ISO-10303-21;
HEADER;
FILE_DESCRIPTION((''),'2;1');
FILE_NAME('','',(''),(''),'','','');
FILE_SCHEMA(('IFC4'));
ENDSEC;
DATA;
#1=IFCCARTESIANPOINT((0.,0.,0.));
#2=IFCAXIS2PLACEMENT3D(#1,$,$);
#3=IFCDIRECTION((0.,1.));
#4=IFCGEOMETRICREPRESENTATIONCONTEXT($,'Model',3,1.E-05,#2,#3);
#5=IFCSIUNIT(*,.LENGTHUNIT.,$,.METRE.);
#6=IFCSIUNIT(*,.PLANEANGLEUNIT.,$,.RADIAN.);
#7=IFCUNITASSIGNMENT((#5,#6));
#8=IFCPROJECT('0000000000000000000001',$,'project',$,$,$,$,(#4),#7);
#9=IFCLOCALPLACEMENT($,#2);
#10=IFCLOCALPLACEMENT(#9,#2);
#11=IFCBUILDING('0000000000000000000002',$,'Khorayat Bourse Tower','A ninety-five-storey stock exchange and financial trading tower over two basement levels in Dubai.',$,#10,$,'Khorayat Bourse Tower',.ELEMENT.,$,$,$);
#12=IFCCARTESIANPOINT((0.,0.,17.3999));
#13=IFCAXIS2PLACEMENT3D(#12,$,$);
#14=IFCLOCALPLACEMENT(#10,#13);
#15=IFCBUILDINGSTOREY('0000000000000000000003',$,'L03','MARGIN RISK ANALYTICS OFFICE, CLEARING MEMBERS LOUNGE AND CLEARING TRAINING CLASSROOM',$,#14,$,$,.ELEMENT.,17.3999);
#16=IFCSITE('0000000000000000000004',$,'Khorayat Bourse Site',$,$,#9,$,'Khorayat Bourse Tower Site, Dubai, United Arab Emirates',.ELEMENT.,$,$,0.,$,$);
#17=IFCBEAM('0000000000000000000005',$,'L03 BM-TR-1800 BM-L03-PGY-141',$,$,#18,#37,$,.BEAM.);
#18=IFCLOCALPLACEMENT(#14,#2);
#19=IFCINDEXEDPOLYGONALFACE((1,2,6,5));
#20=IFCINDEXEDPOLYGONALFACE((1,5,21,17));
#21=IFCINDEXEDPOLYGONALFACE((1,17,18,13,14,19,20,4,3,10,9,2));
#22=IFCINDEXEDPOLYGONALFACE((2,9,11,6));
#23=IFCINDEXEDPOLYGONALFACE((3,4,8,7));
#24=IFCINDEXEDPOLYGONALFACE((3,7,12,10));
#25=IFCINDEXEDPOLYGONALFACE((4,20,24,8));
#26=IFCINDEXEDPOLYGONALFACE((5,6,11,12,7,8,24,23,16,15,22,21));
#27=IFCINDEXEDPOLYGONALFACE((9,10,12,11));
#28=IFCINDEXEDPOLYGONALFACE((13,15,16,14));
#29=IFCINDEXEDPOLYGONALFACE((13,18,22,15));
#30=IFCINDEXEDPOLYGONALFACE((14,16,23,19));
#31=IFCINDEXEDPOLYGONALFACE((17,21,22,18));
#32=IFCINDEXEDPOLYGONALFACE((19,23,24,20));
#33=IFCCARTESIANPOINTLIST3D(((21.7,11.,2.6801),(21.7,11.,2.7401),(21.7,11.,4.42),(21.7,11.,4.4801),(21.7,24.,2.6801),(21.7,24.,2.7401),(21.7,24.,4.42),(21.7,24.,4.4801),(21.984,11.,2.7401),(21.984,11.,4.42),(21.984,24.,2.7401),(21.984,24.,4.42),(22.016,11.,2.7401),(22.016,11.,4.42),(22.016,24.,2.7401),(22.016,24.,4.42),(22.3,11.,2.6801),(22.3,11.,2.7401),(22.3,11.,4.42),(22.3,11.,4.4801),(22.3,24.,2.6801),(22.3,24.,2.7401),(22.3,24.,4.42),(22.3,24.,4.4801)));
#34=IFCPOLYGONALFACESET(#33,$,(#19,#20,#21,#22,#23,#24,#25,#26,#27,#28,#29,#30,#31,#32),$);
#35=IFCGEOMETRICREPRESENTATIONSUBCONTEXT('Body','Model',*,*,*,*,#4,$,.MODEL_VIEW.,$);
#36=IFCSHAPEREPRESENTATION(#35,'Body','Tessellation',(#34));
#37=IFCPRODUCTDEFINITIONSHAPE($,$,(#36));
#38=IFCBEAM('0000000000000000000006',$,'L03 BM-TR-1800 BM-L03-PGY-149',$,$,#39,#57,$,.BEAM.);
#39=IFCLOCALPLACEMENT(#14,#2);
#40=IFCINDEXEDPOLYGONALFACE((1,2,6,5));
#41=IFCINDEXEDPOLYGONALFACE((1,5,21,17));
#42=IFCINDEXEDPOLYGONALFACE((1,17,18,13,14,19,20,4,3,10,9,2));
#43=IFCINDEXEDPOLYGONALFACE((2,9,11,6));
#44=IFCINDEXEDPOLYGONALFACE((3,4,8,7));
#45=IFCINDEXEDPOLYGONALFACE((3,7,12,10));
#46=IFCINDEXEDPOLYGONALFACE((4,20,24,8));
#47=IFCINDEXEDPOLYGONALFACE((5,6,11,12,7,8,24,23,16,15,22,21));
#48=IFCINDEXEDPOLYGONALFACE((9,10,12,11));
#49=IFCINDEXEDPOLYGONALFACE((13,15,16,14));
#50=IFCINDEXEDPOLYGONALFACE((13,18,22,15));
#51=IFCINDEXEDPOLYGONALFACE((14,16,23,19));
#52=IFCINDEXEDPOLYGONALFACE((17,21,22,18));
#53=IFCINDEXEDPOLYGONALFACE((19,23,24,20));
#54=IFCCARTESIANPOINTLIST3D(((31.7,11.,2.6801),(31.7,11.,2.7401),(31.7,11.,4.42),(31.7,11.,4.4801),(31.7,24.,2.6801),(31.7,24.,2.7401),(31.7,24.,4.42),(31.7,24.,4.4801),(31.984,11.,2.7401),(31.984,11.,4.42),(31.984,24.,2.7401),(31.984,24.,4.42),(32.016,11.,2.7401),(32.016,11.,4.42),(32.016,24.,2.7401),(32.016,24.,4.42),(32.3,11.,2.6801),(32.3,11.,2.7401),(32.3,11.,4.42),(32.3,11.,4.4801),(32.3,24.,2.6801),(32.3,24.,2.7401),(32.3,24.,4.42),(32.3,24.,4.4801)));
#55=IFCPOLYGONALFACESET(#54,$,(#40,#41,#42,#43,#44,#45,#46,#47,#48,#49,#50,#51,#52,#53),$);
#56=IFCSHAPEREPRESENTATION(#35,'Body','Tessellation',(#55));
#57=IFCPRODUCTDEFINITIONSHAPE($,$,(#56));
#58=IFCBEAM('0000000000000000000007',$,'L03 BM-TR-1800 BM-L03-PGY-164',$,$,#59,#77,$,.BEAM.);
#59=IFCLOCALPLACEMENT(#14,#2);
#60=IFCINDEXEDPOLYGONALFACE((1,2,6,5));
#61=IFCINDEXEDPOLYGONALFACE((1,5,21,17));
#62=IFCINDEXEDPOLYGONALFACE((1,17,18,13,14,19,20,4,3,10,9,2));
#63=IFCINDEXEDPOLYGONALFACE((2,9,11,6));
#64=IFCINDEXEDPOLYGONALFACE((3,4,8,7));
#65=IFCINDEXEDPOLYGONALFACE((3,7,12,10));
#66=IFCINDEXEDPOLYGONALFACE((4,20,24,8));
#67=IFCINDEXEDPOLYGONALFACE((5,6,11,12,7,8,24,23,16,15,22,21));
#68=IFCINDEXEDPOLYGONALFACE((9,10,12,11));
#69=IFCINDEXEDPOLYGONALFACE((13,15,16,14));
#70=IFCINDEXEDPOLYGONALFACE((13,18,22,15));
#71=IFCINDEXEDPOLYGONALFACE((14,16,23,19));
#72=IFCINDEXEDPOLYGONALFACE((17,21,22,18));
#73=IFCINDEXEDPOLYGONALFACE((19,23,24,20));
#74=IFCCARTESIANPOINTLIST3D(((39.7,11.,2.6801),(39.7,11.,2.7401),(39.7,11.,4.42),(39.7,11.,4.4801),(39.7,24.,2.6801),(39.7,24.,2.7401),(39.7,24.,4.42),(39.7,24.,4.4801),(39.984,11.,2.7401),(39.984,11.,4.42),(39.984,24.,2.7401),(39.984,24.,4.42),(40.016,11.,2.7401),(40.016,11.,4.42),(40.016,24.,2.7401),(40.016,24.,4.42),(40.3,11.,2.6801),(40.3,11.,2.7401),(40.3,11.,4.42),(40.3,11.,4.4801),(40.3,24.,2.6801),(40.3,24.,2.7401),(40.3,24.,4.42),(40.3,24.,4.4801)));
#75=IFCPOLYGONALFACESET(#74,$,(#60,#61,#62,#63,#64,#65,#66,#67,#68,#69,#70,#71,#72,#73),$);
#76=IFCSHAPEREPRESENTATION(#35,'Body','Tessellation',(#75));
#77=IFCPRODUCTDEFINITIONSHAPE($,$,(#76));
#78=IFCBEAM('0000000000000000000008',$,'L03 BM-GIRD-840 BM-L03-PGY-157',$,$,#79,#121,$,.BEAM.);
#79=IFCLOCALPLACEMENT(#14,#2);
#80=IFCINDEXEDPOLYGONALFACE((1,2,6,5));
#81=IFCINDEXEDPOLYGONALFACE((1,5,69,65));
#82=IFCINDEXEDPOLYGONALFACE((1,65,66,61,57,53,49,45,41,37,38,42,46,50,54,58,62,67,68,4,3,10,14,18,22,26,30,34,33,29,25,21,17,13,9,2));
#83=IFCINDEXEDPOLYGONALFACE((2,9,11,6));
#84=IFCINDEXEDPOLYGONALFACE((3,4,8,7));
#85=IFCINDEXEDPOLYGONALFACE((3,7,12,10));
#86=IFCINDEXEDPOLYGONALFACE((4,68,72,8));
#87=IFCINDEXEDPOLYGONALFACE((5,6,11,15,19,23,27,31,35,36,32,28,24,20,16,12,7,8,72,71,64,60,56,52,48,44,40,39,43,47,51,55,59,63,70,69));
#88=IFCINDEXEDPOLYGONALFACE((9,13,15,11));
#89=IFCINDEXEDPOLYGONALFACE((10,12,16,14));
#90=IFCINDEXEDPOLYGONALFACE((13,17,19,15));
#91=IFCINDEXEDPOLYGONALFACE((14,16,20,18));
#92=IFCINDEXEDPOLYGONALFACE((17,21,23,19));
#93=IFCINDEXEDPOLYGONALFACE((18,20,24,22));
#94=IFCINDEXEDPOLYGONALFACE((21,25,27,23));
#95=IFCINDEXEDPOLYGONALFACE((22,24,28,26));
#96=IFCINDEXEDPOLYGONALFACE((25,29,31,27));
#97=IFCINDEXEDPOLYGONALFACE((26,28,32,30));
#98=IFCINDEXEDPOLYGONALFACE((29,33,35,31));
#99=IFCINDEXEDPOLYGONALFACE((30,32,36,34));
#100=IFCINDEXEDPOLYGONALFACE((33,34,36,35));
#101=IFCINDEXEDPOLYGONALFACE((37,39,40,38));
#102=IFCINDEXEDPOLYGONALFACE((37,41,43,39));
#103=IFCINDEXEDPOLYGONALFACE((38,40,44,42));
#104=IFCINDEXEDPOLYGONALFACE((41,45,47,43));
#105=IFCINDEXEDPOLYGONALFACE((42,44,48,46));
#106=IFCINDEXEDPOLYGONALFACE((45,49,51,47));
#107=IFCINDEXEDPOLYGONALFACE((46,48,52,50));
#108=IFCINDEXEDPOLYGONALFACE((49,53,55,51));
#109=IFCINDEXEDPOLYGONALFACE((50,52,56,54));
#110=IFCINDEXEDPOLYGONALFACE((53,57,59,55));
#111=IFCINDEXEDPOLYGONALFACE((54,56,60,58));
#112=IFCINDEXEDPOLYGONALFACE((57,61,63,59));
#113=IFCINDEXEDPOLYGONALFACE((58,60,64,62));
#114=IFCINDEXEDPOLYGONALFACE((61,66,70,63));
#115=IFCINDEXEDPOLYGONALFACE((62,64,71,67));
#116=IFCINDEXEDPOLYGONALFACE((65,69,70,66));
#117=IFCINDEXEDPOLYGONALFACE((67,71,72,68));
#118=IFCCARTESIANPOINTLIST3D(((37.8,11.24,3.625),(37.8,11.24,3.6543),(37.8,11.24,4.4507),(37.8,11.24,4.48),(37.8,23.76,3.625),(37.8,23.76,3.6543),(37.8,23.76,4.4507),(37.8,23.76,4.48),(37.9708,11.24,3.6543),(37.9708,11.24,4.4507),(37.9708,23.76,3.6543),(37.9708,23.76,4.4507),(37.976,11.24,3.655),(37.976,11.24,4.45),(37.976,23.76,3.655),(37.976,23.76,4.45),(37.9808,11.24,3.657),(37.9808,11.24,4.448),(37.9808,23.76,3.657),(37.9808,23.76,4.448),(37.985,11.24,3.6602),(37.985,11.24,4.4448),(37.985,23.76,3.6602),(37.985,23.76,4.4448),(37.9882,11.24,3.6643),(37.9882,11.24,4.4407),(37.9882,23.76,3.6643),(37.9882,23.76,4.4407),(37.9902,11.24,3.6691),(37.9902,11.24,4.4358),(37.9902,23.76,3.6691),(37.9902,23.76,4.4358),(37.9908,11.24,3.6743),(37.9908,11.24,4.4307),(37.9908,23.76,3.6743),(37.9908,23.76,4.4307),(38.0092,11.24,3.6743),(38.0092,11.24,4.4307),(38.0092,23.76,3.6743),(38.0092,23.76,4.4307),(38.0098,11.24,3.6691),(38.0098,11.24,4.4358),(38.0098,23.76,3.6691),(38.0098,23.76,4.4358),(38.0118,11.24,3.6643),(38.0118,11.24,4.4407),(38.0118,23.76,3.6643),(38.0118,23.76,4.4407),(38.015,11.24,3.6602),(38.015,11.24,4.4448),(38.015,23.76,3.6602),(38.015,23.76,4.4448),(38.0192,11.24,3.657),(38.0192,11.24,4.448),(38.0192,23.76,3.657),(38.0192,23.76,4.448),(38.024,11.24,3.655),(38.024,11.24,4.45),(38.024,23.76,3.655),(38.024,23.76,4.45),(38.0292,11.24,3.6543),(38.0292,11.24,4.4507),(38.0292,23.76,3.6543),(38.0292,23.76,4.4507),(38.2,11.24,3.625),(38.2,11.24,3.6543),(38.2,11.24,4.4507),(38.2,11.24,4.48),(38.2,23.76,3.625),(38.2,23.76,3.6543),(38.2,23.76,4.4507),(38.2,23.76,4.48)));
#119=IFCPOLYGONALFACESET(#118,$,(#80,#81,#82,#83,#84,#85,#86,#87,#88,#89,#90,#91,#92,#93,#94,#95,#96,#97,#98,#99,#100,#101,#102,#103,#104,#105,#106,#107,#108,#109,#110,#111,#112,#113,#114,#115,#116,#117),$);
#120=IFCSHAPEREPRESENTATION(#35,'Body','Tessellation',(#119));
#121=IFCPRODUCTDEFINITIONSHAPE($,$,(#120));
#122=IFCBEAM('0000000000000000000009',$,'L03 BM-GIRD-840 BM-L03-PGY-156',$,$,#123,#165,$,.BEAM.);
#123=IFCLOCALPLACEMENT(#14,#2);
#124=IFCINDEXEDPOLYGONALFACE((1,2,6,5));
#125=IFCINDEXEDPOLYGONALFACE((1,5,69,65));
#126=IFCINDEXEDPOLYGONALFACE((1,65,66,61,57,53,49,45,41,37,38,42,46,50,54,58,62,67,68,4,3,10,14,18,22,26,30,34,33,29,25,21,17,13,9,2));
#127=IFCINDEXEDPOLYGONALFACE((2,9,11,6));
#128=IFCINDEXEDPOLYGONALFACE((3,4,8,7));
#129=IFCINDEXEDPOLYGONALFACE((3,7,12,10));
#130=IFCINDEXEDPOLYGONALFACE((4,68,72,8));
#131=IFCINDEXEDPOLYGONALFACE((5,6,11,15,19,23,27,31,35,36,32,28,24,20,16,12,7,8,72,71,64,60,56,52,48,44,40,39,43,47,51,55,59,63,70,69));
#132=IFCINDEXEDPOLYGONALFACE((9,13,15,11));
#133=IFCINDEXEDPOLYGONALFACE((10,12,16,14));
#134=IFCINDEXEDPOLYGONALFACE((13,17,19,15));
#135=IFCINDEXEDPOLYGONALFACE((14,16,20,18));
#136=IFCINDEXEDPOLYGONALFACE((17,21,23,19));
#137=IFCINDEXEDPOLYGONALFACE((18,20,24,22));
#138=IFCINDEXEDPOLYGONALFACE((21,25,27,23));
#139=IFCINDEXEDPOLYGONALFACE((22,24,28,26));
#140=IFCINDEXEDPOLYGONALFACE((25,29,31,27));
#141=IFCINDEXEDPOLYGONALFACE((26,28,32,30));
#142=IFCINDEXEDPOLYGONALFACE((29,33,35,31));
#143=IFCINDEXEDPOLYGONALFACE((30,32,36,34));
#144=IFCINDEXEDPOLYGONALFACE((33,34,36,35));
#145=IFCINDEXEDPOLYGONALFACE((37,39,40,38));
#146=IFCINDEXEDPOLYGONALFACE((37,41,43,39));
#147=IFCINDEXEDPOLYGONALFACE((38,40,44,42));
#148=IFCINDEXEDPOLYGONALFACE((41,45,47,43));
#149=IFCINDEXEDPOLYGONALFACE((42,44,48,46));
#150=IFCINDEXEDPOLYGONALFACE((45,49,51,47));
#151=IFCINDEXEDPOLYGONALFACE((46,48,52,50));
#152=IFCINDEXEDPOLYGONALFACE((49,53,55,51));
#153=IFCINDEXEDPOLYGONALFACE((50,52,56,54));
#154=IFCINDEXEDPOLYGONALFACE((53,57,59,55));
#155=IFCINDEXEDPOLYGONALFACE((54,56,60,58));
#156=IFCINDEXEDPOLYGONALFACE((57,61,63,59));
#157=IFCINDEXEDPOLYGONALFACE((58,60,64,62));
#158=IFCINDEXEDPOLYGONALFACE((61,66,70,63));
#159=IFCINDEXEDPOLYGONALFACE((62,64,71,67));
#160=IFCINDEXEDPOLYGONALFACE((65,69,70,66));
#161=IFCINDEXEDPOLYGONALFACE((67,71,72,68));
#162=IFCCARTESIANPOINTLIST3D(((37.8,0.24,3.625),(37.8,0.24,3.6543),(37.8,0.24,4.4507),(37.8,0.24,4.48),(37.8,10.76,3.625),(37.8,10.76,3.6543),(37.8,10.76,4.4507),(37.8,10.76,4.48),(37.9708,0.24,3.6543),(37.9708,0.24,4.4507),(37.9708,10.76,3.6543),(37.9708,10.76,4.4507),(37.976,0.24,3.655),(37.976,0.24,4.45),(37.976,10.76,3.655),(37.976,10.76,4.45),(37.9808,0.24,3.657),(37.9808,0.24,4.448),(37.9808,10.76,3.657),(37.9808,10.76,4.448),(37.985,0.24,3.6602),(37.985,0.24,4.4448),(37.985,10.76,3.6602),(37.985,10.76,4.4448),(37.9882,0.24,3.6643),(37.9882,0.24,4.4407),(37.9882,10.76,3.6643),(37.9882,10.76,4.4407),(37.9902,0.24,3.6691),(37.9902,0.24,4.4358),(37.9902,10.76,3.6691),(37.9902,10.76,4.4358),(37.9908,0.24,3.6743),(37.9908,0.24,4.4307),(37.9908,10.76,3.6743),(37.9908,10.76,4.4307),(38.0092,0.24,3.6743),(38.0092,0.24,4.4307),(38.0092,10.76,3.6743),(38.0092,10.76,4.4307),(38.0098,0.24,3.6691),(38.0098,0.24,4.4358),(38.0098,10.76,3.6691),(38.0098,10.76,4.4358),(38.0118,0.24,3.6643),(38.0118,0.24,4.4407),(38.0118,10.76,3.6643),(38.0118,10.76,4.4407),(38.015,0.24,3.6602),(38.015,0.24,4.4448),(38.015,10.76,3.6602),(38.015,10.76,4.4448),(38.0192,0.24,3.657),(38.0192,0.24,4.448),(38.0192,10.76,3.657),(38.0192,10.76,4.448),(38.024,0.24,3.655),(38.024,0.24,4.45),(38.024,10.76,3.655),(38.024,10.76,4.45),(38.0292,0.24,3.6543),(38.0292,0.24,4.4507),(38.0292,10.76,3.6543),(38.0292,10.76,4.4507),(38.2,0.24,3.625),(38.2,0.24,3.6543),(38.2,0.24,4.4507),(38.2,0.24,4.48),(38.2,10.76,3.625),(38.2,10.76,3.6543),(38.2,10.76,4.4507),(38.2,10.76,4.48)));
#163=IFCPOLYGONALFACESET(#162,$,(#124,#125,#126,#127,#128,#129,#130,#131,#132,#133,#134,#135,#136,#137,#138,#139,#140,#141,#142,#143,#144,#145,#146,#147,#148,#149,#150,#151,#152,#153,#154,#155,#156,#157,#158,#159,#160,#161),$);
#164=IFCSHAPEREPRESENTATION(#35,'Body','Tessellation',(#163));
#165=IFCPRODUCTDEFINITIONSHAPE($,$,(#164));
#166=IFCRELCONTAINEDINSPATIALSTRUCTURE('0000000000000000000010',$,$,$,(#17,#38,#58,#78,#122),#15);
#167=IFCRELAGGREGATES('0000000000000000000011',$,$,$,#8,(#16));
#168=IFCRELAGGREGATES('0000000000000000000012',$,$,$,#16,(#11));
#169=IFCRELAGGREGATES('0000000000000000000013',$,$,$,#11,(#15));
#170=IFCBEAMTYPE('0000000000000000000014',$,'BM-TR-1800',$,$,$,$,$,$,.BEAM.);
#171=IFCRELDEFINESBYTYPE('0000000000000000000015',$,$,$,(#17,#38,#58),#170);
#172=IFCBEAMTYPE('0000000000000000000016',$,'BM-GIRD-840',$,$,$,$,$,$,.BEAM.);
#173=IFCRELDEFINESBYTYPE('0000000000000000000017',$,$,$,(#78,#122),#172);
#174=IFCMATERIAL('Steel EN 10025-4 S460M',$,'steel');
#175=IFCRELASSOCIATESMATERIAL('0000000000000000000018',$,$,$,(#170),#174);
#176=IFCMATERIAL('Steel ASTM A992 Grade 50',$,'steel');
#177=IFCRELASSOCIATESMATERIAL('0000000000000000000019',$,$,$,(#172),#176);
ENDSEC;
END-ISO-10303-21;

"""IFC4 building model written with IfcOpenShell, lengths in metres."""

from ifc_helpers import new_model, si_unit, direction, frame, origin, origin_2d, place, context, subcontext, project, spatial, i_section, extrude, source, transform, mapped, material, material_profile, profile_set, type_object, element, save


model = new_model("IFC4")

# Units and contexts
model_context = context("Model", 3, precision=1e-05, world=origin(), true_north=direction((0.0, 1.0)))
body_context = subcontext(model_context, "Body", "Model", "MODEL_VIEW")
ifc_project = project(units=[si_unit("LENGTHUNIT", "METRE"), si_unit("PLANEANGLEUNIT", "RADIAN")], contexts=[model_context])

# Site, building, storey
site_placement = place(None, origin())
site = spatial("IfcSite", under=ifc_project, at=site_placement, Name="Khorayat Bourse Site", LongName="Khorayat Bourse Tower Site, Dubai, United Arab Emirates", CompositionType="ELEMENT", RefElevation=0.0)
building_placement = place(site_placement, origin())
building = spatial("IfcBuilding", under=site, at=building_placement, Name="Khorayat Bourse Tower", Description="A ninety-five-storey stock exchange and financial trading tower over two basement levels in Dubai.", LongName="Khorayat Bourse Tower", CompositionType="ELEMENT")
storey_placement = place(building_placement, frame((0.0, 0.0, 17.3999)))
storey = spatial("IfcBuildingStorey", under=building, at=storey_placement, Name="L03", Description="MARGIN RISK ANALYTICS OFFICE, CLEARING MEMBERS LOUNGE AND CLEARING TRAINING CLASSROOM", CompositionType="ELEMENT", Elevation=17.3999)

# Beams
ifc_material_1 = material(Name="Steel EN 10025-4 S460M", Category="steel")
ifc_material_profile_1 = material_profile(ifc_material_1, i_section(OverallWidth=0.6001, OverallDepth=1.8, WebThickness=0.032, FlangeThickness=0.0601, at=origin_2d()), Name="PG 1800x600x32x60")
ifc_profile_set_1 = profile_set([ifc_material_profile_1], Name="Steel EN 10025-4 S460M")
beam_type_1 = type_object("IfcBeamType", Name="BM-TR-1800", PredefinedType="BEAM", material=ifc_profile_set_1)
shared_shape_1 = source(origin(), body_context, "Body", "SweptSolid", [
    extrude(i_section(OverallWidth=0.6001, OverallDepth=1.8, WebThickness=0.032, FlangeThickness=0.0601, at=origin_2d()), origin(), (0.0, 0.0, 1.0), 13.0),
])
for number, where, z_axis, x_axis, name in (
    (1, (22.0, 11.0, 3.5801), (0.0, 1.0, 0.0), (-1.0, 0.0, 0.0), "L03 BM-TR-1800 BM-L03-PGY-141"),
    (2, (32.0, 11.0, 3.5801), (0.0, 1.0, 0.0), (-1.0, 0.0, 0.0), "L03 BM-TR-1800 BM-L03-PGY-149"),
    (3, (40.0, 11.0, 3.5801), (0.0, 1.0, 0.0), (-1.0, 0.0, 0.0), "L03 BM-TR-1800 BM-L03-PGY-164"),
):
    element("IfcBeam", number, at=place(storey_placement, frame(where, z_axis=z_axis, x_axis=x_axis)), inside=storey, type_object=beam_type_1, Name=name, PredefinedType="BEAM", context=body_context, shape_type="MappedRepresentation", body=[
        mapped(shared_shape_1, transform((0.0, 0.0, 0.0), scale=1.0)),
    ])
ifc_material_2 = material(Name="Steel ASTM A992 Grade 50", Category="steel")
ifc_material_profile_2 = material_profile(ifc_material_2, i_section(OverallWidth=0.3999, OverallDepth=0.855, WebThickness=0.0183, FlangeThickness=0.0293, FilletRadius=0.02, at=origin_2d()), Name="W840X299")
ifc_profile_set_2 = profile_set([ifc_material_profile_2], Name="Steel ASTM A992 Grade 50")
beam_type_2 = type_object("IfcBeamType", Name="BM-GIRD-840", PredefinedType="BEAM", material=ifc_profile_set_2)
shared_shape_2 = source(origin(), body_context, "Body", "SweptSolid", [
    extrude(i_section(OverallWidth=0.3999, OverallDepth=0.855, WebThickness=0.0183, FlangeThickness=0.0293, FilletRadius=0.02, at=origin_2d()), origin(), (0.0, 0.0, 1.0), 12.52),
])
beam_1_placement = place(storey_placement, frame((38.0, 11.24, 4.0525), z_axis=(0.0, 1.0, 0.0), x_axis=(-1.0, 0.0, 0.0)))
element("IfcBeam", 4, at=beam_1_placement, inside=storey, type_object=beam_type_2, Name="L03 BM-GIRD-840 BM-L03-PGY-157", PredefinedType="BEAM", context=body_context, shape_type="MappedRepresentation", body=[
    mapped(shared_shape_2, transform((0.0, 0.0, 0.0), scale=1.0)),
])
shared_shape_3 = source(origin(), body_context, "Body", "SweptSolid", [
    extrude(i_section(OverallWidth=0.3999, OverallDepth=0.855, WebThickness=0.0183, FlangeThickness=0.0293, FilletRadius=0.02, at=origin_2d()), origin(), (0.0, 0.0, 1.0), 10.52),
])
beam_2_placement = place(storey_placement, frame((38.0, 0.24, 4.0525), z_axis=(0.0, 1.0, 0.0), x_axis=(-1.0, 0.0, 0.0)))
element("IfcBeam", 5, at=beam_2_placement, inside=storey, type_object=beam_type_2, Name="L03 BM-GIRD-840 BM-L03-PGY-156", PredefinedType="BEAM", context=body_context, shape_type="MappedRepresentation", body=[
    mapped(shared_shape_3, transform((0.0, 0.0, 0.0), scale=1.0)),
])

save(model, "model.ifc")
